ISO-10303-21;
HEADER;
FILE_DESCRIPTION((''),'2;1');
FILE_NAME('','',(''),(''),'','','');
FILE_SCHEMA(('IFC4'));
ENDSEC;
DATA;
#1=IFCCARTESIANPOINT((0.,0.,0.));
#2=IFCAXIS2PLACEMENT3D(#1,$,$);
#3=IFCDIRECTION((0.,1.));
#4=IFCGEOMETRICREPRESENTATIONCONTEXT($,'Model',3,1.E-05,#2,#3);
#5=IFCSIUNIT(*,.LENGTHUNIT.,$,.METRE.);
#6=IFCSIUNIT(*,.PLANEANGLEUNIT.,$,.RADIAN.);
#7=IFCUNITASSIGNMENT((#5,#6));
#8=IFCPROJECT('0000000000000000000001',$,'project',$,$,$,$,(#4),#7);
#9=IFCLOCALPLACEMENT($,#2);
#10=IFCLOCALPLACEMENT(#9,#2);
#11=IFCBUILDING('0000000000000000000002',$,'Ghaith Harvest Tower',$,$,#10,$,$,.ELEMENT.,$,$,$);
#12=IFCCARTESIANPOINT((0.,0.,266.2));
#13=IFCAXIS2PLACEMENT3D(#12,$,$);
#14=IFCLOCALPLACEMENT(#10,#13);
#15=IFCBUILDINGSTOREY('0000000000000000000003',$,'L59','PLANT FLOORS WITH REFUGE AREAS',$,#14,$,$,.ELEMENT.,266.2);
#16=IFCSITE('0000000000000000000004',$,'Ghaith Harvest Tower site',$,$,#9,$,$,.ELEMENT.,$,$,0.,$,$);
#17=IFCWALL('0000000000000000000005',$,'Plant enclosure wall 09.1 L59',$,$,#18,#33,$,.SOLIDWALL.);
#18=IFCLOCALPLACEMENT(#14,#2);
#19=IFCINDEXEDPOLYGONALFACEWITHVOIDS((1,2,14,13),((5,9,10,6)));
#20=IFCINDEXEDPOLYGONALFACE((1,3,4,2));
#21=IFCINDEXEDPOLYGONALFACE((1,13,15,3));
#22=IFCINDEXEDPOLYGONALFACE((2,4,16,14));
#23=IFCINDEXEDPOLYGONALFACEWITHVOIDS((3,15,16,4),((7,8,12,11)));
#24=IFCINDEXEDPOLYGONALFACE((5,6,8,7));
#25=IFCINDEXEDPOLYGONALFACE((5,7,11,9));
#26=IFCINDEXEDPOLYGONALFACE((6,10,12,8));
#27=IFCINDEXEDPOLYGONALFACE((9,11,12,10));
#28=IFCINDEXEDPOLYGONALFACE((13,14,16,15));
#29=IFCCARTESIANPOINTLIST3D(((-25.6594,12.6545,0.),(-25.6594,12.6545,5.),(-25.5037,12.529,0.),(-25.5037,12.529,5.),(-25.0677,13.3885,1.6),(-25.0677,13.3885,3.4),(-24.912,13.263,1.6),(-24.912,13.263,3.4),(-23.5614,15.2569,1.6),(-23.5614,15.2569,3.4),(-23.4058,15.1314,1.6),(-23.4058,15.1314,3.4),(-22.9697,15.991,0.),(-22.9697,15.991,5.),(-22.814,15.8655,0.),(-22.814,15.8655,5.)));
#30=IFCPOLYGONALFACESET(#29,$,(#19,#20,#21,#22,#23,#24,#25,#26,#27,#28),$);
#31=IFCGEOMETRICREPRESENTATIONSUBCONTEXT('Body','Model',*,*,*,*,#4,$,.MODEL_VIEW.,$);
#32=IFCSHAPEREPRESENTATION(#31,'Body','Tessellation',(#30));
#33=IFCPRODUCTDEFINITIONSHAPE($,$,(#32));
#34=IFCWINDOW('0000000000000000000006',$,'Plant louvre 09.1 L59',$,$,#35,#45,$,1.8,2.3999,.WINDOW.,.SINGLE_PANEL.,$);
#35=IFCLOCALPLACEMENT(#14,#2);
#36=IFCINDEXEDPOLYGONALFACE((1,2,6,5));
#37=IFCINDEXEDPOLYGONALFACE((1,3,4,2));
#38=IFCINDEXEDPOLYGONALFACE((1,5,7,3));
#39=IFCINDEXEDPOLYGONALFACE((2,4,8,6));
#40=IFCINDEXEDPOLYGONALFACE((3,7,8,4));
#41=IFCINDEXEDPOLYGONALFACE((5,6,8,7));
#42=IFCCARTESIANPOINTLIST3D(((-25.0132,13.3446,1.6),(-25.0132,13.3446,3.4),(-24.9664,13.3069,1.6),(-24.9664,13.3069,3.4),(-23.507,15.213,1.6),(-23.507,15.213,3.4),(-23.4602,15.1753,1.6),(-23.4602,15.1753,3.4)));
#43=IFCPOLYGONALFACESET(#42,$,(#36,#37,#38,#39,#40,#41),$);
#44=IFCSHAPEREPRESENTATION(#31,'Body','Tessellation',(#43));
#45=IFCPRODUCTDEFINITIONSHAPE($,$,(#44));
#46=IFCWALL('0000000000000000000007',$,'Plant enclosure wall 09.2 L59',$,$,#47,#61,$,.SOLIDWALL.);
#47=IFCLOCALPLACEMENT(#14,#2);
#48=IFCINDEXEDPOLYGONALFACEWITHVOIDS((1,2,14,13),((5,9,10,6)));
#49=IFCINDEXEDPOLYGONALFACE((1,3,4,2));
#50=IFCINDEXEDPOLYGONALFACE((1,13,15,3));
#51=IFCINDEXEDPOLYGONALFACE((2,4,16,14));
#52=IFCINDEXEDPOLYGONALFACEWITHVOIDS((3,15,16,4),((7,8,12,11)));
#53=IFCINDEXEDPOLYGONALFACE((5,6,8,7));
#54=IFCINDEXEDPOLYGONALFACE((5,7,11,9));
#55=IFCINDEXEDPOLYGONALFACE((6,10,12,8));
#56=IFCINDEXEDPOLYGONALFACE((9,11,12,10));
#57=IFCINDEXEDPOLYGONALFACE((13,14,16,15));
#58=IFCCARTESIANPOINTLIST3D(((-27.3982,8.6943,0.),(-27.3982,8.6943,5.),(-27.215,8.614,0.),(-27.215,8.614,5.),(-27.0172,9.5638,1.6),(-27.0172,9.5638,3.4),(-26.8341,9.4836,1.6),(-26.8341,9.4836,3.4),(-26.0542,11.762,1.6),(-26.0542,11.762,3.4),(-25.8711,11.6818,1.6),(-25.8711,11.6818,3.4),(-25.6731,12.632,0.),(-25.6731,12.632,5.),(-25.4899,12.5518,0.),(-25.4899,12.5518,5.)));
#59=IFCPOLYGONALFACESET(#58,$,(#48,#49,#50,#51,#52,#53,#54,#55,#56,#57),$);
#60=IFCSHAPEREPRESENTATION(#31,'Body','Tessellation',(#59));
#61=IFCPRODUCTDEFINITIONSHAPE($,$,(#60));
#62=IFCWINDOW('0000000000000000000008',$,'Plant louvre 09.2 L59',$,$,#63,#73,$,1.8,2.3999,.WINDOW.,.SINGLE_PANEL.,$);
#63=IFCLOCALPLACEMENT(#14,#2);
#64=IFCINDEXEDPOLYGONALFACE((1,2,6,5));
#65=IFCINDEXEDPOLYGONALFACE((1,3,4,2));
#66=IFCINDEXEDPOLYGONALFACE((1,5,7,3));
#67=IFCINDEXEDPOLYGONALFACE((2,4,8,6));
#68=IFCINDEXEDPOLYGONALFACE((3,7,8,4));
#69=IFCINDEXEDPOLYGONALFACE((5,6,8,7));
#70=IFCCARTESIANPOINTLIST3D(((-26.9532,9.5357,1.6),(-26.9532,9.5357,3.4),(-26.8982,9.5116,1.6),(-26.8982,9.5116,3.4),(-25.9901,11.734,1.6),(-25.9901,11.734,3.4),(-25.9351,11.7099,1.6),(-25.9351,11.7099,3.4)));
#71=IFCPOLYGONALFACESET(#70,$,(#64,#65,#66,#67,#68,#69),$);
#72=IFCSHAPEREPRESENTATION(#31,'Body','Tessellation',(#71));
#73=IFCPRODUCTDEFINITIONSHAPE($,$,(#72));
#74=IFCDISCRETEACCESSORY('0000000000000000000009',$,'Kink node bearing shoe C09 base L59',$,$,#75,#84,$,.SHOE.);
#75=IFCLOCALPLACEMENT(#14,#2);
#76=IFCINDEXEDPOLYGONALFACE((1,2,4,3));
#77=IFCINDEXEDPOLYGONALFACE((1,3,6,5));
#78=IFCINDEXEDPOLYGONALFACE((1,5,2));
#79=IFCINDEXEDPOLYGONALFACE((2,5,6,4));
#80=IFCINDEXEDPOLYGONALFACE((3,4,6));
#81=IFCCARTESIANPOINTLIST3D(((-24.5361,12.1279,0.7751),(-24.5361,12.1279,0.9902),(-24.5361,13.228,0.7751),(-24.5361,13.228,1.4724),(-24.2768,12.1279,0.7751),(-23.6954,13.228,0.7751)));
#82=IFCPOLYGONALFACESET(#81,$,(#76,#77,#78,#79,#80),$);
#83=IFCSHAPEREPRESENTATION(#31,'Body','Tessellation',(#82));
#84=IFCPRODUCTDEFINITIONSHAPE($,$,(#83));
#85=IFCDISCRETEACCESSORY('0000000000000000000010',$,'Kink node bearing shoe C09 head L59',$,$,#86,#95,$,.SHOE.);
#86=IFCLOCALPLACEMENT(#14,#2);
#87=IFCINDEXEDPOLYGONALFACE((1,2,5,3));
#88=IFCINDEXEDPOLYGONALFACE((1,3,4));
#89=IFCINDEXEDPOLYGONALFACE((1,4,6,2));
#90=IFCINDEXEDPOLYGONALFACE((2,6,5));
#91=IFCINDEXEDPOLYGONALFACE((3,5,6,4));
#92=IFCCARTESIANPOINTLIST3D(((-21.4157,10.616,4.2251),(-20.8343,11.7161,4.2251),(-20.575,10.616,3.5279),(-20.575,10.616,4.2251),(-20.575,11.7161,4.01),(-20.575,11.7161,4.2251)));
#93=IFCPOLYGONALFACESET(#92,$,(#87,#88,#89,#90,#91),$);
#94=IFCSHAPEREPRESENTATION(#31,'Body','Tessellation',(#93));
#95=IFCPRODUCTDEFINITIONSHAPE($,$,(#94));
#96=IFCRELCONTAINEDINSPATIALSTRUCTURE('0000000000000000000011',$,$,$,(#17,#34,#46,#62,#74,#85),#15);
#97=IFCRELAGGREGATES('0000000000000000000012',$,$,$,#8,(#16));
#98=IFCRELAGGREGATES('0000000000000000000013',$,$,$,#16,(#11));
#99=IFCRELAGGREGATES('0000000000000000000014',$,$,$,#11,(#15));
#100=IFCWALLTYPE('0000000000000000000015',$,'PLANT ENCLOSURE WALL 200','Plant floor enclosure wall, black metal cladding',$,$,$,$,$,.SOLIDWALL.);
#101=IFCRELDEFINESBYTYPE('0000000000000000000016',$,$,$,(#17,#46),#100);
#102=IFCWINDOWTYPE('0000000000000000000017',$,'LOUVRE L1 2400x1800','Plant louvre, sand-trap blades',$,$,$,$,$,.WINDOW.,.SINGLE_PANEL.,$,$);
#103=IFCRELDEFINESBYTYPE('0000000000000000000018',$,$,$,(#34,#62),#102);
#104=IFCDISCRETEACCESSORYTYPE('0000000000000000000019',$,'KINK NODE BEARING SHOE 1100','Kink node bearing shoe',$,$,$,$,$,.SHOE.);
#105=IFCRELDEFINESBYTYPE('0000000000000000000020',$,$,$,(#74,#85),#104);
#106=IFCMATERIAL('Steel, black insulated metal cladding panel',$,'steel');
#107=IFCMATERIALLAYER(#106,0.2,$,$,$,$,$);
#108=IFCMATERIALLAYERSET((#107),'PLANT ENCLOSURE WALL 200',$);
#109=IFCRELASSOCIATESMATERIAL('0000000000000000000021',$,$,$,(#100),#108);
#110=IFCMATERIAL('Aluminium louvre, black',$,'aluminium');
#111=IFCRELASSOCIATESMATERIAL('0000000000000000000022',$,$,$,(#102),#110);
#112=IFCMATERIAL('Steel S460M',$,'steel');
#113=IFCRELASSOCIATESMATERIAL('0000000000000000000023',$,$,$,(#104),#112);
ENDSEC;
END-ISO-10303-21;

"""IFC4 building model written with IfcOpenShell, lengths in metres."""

from ifc_helpers import new_model, si_unit, direction, frame, frame_2d, origin, origin_2d, place, context, subcontext, project, spatial, rectangle, extrude, clip, halfspace, material, layer, layer_set, material_profile, profile_set, type_object, element, fill, save


model = new_model("IFC4")

# Units and contexts
model_context = context("Model", 3, precision=1e-05, world=origin(), true_north=direction((0.0, 1.0)))
body_context = subcontext(model_context, "Body", "Model", "MODEL_VIEW")
ifc_project = project(units=[si_unit("LENGTHUNIT", "METRE"), si_unit("PLANEANGLEUNIT", "RADIAN")], contexts=[model_context])

# Site, building, storey
site_placement = place(None, origin())
site = spatial("IfcSite", under=ifc_project, at=site_placement, Name="Ghaith Harvest Tower site", CompositionType="ELEMENT", RefElevation=0.0)
building_placement = place(site_placement, origin())
building = spatial("IfcBuilding", under=site, at=building_placement, Name="Ghaith Harvest Tower", CompositionType="ELEMENT")
storey_placement = place(building_placement, frame((0.0, 0.0, 266.2)))
storey = spatial("IfcBuildingStorey", under=building, at=storey_placement, Name="L59", Description="PLANT FLOORS WITH REFUGE AREAS", CompositionType="ELEMENT", Elevation=266.2)

# Walls, openings, windows
ifc_material_1 = material(Name="Steel, black insulated metal cladding panel", Category="steel")
ifc_layer_1 = layer(ifc_material_1, 0.2)
ifc_layer_set_1 = layer_set([ifc_layer_1], Name="PLANT ENCLOSURE WALL 200")
wall_type = type_object("IfcWallType", Name="PLANT ENCLOSURE WALL 200", Description="Plant floor enclosure wall, black metal cladding", PredefinedType="SOLIDWALL", material=ifc_layer_set_1)
wall_1_placement = place(storey_placement, frame((-22.8918, 15.9282, 0.0), z_axis=(0.0, 0.0, 1.0), x_axis=(-0.627615, -0.778523, 0.0)))
wall_1 = element("IfcWall", 1, at=wall_1_placement, inside=storey, type_object=wall_type, Name="Plant enclosure wall 09.1 L59", PredefinedType="SOLIDWALL", context=body_context, shape_type="SweptSolid", body=[
    extrude(rectangle(XDim=4.2856, YDim=0.2, at=frame_2d((2.1428, 0.0))), origin(), (0.0, 0.0, 1.0), 5.0),
])
opening_1_placement = place(wall_1_placement, frame((0.9429, 0.0, 1.6001)))
opening_1 = element("IfcOpeningElement", 2, at=opening_1_placement, cuts=wall_1, PredefinedType="OPENING", context=body_context, shape_type="SweptSolid", body=[
    extrude(rectangle(XDim=2.3999, YDim=1.8, at=frame_2d((1.2, 0.8999))), frame((0.0, 0.1099, 0.0), z_axis=(0.0, -1.0, 0.0), x_axis=(1.0, 0.0, 0.0)), (0.0, 0.0, 1.0), 0.22),
])
ifc_material_2 = material(Name="Aluminium louvre, black", Category="aluminium")
window_type = type_object("IfcWindowType", Name="LOUVRE L1 2400x1800", Description="Plant louvre, sand-trap blades", PartitioningType="SINGLE_PANEL", PredefinedType="WINDOW", material=ifc_material_2)
window_1_placement = place(opening_1_placement, origin())
window_1 = element("IfcWindow", 3, at=window_1_placement, inside=storey, type_object=window_type, Name="Plant louvre 09.1 L59", OverallHeight=1.8, OverallWidth=2.3999, PartitioningType="SINGLE_PANEL", PredefinedType="WINDOW", context=body_context, shape_type="SweptSolid", body=[
    extrude(rectangle(XDim=2.3999, YDim=1.8, at=frame_2d((1.2, 0.8999))), frame((0.0, 0.03, 0.0), z_axis=(0.0, -1.0, 0.0), x_axis=(1.0, 0.0, 0.0)), (0.0, 0.0, 1.0), 0.0601),
])
fill(opening_1, window_1)
wall_2_placement = place(storey_placement, frame((-25.5815, 12.5918, 0.0), z_axis=(0.0, 0.0, 1.0), x_axis=(-0.401275, -0.915958, 0.0)))
wall_2 = element("IfcWall", 4, at=wall_2_placement, inside=storey, type_object=wall_type, Name="Plant enclosure wall 09.2 L59", PredefinedType="SOLIDWALL", context=body_context, shape_type="SweptSolid", body=[
    extrude(rectangle(XDim=4.2991, YDim=0.2, at=frame_2d((2.1494, 0.0))), origin(), (0.0, 0.0, 1.0), 5.0),
])
opening_2_placement = place(wall_2_placement, frame((0.9497, 0.0, 1.6001)))
opening_2 = element("IfcOpeningElement", 5, at=opening_2_placement, cuts=wall_2, PredefinedType="OPENING", context=body_context, shape_type="SweptSolid", body=[
    extrude(rectangle(XDim=2.3999, YDim=1.8, at=frame_2d((1.2, 0.8999))), frame((0.0, 0.1099, 0.0), z_axis=(0.0, -1.0, 0.0), x_axis=(1.0, 0.0, 0.0)), (0.0, 0.0, 1.0), 0.22),
])
window_2_placement = place(opening_2_placement, origin())
window_2 = element("IfcWindow", 6, at=window_2_placement, inside=storey, type_object=window_type, Name="Plant louvre 09.2 L59", OverallHeight=1.8, OverallWidth=2.3999, PartitioningType="SINGLE_PANEL", PredefinedType="WINDOW", context=body_context, shape_type="SweptSolid", body=[
    extrude(rectangle(XDim=2.3999, YDim=1.8, at=frame_2d((1.2, 0.8999))), frame((0.0, 0.03, 0.0), z_axis=(0.0, -1.0, 0.0), x_axis=(1.0, 0.0, 0.0)), (0.0, 0.0, 1.0), 0.0601),
])
fill(opening_2, window_2)

# Discrete accessories
ifc_material_3 = material(Name="Steel S460M", Category="steel")
ifc_material_profile_1 = material_profile(ifc_material_3, rectangle(XDim=1.1001, YDim=1.1001, at=origin_2d()), Name="KINK NODE BEARING SHOE 1100")
ifc_profile_set_1 = profile_set([ifc_material_profile_1], Name="Steel S460M")
discrete_accessory_type = type_object("IfcDiscreteAccessoryType", Name="KINK NODE BEARING SHOE 1100", Description="Kink node bearing shoe", PredefinedType="SHOE", material=ifc_profile_set_1)
discrete_accessory_1_placement = place(storey_placement, frame((-23.9861, 12.678, 0.7751), z_axis=(0.0, 0.0, 1.0), x_axis=(1.0, 0.0, 0.0)))
element("IfcDiscreteAccessory", 7, at=discrete_accessory_1_placement, inside=storey, type_object=discrete_accessory_type, Name="Kink node bearing shoe C09 base L59", PredefinedType="SHOE", context=body_context, shape_type="Clipping", body=[
    clip(extrude(rectangle(XDim=1.1001, YDim=1.1001, at=origin_2d()), origin(), (0.0, 0.0, 1.0), 0.707), halfspace(frame((0.0, 0.0, 0.0), z_axis=(0.604848, -0.319654, 0.72937), x_axis=(1.0, 0.0, 0.0)), False)),
])
discrete_accessory_2_placement = place(storey_placement, frame((-21.125, 11.166, 3.5181), z_axis=(0.0, 0.0, 1.0), x_axis=(1.0, 0.0, 0.0)))
element("IfcDiscreteAccessory", 8, at=discrete_accessory_2_placement, inside=storey, type_object=discrete_accessory_type, Name="Kink node bearing shoe C09 head L59", PredefinedType="SHOE", context=body_context, shape_type="Clipping", body=[
    clip(extrude(rectangle(XDim=1.1001, YDim=1.1001, at=origin_2d()), origin(), (0.0, 0.0, 1.0), 0.707), halfspace(frame((0.0, 0.0, 0.707), z_axis=(-0.604848, 0.319654, -0.72937), x_axis=(1.0, 0.0, 0.0)), False)),
])

save(model, "model.ifc")
